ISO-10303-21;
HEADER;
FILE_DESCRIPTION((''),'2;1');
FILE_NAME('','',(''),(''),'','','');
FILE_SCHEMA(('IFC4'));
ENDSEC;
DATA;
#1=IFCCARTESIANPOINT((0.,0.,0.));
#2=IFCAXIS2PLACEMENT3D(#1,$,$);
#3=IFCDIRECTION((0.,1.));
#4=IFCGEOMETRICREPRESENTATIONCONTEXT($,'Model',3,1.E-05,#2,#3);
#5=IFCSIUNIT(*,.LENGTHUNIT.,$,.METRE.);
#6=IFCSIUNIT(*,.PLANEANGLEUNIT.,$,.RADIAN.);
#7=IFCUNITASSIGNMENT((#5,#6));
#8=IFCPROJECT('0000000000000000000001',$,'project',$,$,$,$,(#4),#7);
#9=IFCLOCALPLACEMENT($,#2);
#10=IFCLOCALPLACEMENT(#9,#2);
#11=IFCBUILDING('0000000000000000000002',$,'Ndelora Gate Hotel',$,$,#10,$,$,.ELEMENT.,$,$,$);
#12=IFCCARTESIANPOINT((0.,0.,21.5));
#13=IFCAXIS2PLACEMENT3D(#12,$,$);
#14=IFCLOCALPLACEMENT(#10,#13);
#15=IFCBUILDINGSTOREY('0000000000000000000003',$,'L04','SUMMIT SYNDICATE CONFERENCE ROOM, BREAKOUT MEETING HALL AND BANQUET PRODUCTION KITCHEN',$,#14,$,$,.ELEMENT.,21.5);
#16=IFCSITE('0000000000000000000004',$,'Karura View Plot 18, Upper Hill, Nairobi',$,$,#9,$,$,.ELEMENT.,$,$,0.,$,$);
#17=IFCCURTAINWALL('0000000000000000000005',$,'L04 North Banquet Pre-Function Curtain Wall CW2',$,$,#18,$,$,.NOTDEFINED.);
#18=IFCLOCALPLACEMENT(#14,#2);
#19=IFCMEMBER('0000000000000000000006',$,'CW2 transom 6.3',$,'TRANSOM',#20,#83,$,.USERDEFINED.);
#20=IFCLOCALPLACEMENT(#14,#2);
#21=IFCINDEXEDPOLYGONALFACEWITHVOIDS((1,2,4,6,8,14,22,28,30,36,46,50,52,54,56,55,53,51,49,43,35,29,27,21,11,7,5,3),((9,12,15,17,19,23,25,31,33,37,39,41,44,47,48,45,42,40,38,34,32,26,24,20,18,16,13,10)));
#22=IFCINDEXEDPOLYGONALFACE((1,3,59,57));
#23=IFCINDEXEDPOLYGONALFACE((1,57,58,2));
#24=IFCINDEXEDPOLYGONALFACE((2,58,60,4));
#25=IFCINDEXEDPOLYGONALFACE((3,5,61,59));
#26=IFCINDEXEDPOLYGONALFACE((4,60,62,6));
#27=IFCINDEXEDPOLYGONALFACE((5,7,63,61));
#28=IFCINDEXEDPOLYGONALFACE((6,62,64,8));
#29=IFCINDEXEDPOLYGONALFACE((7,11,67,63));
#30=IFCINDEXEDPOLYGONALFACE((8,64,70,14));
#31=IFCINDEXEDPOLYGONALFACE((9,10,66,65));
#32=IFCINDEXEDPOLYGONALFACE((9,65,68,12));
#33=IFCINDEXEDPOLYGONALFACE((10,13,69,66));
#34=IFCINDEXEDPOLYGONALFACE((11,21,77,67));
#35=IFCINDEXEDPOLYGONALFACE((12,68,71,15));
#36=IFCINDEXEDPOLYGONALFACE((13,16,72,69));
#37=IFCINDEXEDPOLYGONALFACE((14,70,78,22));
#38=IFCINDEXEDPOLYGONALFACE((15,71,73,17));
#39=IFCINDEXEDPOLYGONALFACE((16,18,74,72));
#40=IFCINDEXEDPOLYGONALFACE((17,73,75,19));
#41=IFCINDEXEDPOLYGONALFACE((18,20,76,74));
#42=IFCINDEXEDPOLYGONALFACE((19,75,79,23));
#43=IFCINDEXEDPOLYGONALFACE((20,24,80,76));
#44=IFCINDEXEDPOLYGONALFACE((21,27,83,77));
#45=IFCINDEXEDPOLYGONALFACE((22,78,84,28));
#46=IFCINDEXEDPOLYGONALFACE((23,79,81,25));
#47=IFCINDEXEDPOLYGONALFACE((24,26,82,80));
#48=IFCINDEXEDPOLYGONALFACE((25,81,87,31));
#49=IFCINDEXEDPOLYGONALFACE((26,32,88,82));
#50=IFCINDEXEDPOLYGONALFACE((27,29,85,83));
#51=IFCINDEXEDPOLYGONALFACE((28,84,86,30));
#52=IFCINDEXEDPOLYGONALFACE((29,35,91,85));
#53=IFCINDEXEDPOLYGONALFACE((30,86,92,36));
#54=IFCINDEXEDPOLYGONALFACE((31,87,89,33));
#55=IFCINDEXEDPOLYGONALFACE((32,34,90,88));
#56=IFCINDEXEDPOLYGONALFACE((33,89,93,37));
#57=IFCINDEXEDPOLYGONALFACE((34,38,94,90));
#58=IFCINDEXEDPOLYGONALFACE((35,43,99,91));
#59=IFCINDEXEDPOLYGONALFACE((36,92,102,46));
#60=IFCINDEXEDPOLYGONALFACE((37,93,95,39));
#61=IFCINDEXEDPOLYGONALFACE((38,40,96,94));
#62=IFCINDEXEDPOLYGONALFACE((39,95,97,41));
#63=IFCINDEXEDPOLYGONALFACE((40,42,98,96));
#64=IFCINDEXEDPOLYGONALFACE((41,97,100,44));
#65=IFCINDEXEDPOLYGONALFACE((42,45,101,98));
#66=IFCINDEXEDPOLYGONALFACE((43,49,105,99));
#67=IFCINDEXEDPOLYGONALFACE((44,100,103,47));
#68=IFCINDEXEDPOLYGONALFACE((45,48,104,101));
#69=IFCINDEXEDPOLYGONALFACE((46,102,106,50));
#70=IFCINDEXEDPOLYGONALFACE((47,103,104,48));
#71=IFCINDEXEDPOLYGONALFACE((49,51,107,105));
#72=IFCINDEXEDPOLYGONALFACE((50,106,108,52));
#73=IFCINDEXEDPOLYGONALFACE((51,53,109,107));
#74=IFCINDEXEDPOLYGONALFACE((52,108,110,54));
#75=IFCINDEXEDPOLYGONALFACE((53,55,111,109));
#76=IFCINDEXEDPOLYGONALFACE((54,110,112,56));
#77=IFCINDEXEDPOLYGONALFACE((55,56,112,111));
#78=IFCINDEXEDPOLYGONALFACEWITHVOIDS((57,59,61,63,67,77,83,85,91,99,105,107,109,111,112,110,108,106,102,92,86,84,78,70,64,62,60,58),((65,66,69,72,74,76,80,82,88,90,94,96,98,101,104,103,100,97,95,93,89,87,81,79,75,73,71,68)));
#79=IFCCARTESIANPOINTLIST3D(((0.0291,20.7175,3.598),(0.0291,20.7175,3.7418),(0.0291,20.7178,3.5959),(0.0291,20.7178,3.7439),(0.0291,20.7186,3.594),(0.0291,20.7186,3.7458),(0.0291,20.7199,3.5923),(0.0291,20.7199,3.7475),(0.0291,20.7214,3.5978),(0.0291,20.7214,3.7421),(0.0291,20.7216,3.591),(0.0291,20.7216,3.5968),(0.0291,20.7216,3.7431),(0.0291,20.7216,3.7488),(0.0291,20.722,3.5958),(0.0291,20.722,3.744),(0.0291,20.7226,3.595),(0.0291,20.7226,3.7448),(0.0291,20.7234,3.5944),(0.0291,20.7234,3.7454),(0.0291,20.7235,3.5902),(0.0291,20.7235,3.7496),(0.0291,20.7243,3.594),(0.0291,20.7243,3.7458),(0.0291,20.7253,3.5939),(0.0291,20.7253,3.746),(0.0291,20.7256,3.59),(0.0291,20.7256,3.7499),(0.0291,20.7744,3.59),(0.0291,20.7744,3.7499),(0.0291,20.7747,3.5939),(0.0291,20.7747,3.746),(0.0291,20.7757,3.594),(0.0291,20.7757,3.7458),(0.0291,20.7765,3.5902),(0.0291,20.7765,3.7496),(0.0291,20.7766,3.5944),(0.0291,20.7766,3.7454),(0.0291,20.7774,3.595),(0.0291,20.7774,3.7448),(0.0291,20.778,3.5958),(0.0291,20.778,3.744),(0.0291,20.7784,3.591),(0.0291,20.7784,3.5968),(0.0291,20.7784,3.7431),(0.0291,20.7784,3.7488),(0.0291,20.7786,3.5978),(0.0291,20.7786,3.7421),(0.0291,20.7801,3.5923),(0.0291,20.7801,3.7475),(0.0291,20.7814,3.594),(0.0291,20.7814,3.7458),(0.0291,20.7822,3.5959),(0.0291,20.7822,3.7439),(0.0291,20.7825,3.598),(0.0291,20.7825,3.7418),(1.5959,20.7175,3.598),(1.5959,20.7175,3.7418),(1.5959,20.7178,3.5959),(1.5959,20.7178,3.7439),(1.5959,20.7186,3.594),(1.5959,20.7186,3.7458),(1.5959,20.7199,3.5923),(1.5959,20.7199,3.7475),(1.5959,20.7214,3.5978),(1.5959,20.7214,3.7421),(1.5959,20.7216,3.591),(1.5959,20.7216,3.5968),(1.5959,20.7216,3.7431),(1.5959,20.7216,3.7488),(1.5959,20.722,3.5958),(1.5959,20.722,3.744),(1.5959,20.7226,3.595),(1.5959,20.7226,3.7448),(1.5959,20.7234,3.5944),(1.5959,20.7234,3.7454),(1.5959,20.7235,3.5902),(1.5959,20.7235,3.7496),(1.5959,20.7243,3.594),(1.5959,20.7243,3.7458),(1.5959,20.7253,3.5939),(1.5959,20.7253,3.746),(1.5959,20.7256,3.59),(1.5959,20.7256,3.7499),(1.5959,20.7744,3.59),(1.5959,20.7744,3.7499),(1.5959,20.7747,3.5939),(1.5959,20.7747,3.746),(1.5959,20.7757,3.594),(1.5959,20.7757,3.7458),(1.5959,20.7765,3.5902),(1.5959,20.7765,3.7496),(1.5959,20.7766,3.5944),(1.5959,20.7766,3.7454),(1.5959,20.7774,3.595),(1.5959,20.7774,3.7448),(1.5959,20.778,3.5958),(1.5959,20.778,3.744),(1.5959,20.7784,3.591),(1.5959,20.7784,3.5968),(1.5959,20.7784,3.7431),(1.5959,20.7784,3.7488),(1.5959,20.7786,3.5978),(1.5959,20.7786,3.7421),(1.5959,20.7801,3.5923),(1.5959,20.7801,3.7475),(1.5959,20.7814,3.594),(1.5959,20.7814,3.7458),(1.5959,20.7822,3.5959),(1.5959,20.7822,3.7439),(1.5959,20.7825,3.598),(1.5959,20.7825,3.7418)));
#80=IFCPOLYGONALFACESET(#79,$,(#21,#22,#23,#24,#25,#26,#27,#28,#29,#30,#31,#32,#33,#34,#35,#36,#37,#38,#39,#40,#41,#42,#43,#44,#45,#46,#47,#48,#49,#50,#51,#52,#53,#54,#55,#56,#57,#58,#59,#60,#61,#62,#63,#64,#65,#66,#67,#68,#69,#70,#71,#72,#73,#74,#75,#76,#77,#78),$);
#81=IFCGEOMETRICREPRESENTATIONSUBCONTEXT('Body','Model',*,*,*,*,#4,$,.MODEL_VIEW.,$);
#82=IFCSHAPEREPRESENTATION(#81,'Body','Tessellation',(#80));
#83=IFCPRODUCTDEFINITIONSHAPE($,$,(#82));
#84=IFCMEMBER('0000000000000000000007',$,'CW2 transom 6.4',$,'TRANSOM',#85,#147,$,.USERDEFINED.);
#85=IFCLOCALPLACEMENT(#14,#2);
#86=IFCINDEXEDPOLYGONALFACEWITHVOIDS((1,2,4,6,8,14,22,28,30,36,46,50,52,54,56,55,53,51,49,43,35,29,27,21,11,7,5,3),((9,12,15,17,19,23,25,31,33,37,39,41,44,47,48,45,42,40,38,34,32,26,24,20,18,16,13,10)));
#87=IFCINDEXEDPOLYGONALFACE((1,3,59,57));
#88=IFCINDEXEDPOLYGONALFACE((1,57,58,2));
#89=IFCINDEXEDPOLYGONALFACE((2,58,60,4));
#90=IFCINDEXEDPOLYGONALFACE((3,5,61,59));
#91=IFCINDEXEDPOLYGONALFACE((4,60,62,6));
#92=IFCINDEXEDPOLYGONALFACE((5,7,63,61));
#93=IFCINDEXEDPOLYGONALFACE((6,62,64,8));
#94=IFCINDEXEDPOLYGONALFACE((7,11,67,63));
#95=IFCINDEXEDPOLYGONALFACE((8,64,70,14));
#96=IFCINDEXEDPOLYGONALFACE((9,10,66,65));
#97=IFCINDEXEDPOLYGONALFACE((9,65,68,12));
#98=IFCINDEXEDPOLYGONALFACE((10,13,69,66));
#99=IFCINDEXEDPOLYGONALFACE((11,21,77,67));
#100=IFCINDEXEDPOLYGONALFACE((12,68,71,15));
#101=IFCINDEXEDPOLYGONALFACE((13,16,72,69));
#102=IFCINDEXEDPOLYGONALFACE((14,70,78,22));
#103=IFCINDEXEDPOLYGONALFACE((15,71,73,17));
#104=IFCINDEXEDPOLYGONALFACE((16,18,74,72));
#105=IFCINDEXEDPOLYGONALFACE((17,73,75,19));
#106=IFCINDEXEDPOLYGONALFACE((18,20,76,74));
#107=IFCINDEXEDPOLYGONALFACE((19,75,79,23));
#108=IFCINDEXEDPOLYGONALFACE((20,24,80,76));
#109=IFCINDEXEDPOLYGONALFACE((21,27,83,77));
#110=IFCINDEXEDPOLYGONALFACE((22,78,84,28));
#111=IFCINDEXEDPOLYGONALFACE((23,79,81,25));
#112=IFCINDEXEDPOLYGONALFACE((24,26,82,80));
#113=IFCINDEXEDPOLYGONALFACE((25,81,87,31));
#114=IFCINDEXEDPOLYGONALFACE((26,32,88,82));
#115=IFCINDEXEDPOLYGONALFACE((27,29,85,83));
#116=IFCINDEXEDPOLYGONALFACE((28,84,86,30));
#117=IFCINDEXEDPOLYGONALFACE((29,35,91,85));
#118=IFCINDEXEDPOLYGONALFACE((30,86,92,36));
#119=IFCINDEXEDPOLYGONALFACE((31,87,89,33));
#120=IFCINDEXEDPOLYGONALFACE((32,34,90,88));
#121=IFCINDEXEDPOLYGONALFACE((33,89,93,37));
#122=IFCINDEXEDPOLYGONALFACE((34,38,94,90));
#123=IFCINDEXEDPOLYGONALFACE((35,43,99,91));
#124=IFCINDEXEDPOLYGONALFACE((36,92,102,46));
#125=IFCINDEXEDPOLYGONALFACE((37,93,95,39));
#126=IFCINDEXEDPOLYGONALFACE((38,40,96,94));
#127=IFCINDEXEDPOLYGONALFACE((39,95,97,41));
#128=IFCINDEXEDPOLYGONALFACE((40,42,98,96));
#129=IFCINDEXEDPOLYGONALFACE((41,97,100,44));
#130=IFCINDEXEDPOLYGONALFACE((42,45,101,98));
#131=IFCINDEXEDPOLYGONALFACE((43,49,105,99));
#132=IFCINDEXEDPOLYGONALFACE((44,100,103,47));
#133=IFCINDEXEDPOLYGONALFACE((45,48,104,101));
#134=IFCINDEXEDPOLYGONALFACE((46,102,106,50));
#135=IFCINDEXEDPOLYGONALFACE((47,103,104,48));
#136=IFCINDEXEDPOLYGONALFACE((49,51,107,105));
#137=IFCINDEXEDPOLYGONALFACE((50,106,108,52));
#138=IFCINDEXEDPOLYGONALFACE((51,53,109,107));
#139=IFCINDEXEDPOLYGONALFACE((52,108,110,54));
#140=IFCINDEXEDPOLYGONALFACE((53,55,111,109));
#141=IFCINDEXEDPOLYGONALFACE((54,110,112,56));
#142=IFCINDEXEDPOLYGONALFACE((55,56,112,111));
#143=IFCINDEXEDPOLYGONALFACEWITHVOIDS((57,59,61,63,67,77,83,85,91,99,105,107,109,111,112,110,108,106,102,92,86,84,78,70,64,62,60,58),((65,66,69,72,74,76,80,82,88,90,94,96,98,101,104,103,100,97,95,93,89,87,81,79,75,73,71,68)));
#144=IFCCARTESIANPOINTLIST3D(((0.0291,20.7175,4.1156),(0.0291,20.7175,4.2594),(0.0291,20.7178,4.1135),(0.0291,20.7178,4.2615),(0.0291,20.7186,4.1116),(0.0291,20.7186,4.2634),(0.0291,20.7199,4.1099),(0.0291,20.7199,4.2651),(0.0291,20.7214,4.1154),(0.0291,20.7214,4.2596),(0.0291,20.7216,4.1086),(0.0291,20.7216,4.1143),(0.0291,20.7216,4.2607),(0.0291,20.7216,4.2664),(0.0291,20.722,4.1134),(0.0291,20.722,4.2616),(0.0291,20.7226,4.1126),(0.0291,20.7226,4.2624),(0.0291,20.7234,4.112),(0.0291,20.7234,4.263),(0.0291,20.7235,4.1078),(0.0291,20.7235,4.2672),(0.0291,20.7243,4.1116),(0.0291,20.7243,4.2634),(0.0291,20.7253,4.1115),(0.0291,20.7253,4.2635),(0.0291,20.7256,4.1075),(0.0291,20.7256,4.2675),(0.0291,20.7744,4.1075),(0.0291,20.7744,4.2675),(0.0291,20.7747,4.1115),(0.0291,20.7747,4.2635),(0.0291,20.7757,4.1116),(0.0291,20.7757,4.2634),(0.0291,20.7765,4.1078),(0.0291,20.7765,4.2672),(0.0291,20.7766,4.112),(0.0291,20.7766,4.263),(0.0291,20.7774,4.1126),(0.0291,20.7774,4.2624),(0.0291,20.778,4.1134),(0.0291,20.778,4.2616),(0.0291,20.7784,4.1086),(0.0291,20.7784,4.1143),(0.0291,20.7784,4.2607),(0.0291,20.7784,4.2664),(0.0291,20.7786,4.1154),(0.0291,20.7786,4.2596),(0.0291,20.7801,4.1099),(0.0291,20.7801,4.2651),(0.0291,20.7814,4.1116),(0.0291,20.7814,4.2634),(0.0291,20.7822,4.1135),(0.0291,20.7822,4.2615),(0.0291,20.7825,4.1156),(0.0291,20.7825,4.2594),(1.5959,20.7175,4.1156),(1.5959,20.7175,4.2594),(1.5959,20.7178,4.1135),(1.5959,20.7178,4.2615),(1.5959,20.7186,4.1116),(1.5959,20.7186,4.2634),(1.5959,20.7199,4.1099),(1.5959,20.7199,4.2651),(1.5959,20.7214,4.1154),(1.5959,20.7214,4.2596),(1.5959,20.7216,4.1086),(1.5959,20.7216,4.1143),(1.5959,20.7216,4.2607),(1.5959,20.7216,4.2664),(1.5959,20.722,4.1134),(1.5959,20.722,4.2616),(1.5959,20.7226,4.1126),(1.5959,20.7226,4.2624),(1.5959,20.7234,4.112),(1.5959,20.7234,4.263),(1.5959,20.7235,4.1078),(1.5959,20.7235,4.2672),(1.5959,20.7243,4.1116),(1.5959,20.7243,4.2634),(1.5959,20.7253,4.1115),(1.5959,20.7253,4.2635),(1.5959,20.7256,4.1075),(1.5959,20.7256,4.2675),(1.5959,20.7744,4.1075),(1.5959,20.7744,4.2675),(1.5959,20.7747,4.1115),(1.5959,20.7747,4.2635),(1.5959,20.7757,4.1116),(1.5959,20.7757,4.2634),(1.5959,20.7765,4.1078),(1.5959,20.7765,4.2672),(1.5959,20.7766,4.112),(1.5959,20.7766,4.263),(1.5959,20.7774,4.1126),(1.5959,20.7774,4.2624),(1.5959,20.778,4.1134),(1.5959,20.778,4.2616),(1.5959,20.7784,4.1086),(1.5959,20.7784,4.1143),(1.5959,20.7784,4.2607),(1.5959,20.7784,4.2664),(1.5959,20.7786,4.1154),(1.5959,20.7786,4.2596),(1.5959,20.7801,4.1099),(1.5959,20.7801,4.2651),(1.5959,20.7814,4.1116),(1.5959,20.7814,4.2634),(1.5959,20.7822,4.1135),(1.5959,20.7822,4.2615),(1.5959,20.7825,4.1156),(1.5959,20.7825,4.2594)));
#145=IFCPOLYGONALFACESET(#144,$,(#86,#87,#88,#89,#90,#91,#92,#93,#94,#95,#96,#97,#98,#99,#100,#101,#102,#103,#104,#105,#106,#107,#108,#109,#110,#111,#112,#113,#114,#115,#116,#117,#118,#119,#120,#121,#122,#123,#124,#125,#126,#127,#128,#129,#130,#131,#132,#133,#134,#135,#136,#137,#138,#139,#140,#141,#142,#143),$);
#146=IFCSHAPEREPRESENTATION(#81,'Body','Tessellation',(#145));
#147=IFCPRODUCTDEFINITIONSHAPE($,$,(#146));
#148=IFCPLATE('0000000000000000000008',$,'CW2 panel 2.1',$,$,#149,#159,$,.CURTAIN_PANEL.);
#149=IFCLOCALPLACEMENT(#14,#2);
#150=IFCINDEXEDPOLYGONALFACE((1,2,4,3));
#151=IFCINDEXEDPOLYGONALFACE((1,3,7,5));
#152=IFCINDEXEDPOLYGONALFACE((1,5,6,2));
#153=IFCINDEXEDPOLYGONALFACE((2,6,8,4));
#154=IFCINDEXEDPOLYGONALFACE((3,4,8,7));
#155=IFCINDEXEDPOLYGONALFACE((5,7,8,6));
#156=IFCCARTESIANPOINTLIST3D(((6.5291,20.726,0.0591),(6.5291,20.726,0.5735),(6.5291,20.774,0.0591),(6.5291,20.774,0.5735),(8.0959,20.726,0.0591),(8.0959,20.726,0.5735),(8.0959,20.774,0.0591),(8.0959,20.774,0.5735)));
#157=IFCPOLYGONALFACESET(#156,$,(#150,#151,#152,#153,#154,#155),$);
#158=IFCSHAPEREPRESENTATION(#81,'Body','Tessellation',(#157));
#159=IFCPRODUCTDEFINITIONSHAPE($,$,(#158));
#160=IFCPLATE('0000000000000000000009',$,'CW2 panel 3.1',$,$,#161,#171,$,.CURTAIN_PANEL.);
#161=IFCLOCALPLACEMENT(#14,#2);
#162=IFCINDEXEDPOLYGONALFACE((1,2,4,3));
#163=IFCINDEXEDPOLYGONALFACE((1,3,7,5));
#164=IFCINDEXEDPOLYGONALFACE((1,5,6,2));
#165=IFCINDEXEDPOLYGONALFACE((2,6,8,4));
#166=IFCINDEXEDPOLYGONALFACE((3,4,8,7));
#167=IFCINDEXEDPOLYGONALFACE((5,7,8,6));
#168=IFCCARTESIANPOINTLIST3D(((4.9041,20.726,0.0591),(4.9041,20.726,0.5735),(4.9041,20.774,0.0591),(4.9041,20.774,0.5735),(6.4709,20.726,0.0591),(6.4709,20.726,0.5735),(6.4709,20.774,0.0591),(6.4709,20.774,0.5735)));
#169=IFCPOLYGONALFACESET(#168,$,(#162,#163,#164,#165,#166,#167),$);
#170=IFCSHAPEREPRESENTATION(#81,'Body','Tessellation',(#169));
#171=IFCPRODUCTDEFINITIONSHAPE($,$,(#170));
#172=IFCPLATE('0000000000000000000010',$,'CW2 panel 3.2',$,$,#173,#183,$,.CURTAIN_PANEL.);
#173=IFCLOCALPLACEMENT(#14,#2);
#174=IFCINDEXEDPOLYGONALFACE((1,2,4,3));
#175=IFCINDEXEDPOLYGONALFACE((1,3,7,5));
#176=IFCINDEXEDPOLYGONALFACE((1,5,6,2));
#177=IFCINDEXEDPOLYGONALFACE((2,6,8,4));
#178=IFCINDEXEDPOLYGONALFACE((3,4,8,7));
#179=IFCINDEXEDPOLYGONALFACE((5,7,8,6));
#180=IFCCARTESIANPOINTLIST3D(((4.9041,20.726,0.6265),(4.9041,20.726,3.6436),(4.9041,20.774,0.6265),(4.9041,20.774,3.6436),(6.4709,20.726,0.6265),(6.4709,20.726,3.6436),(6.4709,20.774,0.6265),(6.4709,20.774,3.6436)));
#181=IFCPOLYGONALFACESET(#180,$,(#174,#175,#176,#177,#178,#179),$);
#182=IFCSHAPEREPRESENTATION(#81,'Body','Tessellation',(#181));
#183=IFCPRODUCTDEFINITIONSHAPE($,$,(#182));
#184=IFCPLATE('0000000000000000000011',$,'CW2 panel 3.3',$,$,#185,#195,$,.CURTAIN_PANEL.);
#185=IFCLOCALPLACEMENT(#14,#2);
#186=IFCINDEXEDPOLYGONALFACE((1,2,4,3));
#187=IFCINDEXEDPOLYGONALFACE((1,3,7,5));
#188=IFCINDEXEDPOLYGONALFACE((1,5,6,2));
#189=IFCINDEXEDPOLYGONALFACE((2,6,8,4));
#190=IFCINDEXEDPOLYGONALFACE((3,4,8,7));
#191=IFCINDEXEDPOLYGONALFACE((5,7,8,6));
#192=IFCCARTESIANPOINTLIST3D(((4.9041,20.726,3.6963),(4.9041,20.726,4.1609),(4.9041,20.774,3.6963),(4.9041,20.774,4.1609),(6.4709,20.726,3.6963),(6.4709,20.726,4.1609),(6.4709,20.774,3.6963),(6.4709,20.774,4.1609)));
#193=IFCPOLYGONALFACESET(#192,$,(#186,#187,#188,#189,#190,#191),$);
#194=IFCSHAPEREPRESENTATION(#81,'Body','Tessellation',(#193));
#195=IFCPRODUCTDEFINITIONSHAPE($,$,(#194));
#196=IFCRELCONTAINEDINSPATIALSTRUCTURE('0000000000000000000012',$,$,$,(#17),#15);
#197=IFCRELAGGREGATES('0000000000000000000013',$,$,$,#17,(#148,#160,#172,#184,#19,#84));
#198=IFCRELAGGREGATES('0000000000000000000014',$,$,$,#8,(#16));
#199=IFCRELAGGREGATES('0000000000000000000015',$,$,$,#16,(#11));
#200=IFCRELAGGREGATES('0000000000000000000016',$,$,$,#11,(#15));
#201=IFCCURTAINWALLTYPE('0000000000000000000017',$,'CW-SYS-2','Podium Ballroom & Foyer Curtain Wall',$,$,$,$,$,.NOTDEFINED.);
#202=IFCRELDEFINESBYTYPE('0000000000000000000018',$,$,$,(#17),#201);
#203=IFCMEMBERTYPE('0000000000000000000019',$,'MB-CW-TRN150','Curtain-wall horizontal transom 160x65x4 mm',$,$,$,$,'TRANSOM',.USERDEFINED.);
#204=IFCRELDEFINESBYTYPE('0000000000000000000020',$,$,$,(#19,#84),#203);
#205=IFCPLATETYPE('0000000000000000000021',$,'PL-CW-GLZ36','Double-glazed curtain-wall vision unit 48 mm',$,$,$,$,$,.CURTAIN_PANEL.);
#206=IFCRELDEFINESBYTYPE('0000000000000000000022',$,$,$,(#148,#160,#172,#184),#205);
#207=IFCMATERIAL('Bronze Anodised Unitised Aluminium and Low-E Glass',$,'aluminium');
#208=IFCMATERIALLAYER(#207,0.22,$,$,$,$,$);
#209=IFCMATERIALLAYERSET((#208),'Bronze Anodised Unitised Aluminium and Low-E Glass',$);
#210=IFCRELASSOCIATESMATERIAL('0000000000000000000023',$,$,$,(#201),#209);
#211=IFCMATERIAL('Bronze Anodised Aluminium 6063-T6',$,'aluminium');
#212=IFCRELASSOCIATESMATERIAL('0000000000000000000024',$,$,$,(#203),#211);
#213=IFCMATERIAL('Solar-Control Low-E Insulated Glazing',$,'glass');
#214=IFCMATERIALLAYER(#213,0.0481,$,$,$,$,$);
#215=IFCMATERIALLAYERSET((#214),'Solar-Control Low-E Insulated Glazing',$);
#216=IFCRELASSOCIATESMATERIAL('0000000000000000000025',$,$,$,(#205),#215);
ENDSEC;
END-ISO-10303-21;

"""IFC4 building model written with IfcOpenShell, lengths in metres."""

from ifc_helpers import new_model, si_unit, direction, frame, origin, origin_2d, place, context, subcontext, project, spatial, rectangle, hollow_rectangle, extrude, material, layer, layer_set, material_profile, profile_set, type_object, element, aggregate, save


model = new_model("IFC4")

# Units and contexts
model_context = context("Model", 3, precision=1e-05, world=origin(), true_north=direction((0.0, 1.0)))
body_context = subcontext(model_context, "Body", "Model", "MODEL_VIEW")
ifc_project = project(units=[si_unit("LENGTHUNIT", "METRE"), si_unit("PLANEANGLEUNIT", "RADIAN")], contexts=[model_context])

# Site, building, storey
site_placement = place(None, origin())
site = spatial("IfcSite", under=ifc_project, at=site_placement, Name="Karura View Plot 18, Upper Hill, Nairobi", CompositionType="ELEMENT", RefElevation=0.0)
building_placement = place(site_placement, origin())
building = spatial("IfcBuilding", under=site, at=building_placement, Name="Ndelora Gate Hotel", CompositionType="ELEMENT")
storey_placement = place(building_placement, frame((0.0, 0.0, 21.5)))
storey = spatial("IfcBuildingStorey", under=building, at=storey_placement, Name="L04", Description="SUMMIT SYNDICATE CONFERENCE ROOM, BREAKOUT MEETING HALL AND BANQUET PRODUCTION KITCHEN", CompositionType="ELEMENT", Elevation=21.5)

# Curtain wall, members, plates
ifc_material_1 = material(Name="Bronze Anodised Unitised Aluminium and Low-E Glass", Category="aluminium")
ifc_layer_1 = layer(ifc_material_1, 0.22)
ifc_layer_set_1 = layer_set([ifc_layer_1], Name="Bronze Anodised Unitised Aluminium and Low-E Glass")
curtain_wall_type = type_object("IfcCurtainWallType", Name="CW-SYS-2", Description="Podium Ballroom & Foyer Curtain Wall", PredefinedType="NOTDEFINED", material=ifc_layer_set_1)
curtain_wall_placement = place(storey_placement, origin())
curtain_wall = element("IfcCurtainWall", 1, at=curtain_wall_placement, inside=storey, type_object=curtain_wall_type, Name="L04 North Banquet Pre-Function Curtain Wall CW2", PredefinedType="NOTDEFINED")
ifc_material_2 = material(Name="Bronze Anodised Aluminium 6063-T6", Category="aluminium")
ifc_material_profile_1 = material_profile(ifc_material_2, hollow_rectangle(XDim=0.0649, YDim=0.1599, WallThickness=0.0039, InnerFilletRadius=0.0039, OuterFilletRadius=0.0081, at=origin_2d()), Name="ALU 160x65x4")
ifc_profile_set_1 = profile_set([ifc_material_profile_1], Name="Bronze Anodised Aluminium 6063-T6")
member_type_1 = type_object("IfcMemberType", Name="MB-CW-TRN150", Description="Curtain-wall horizontal transom 160x65x4 mm", ElementType="TRANSOM", PredefinedType="USERDEFINED", material=ifc_profile_set_1)
member_1_placement = place(storey_placement, frame((1.5959, 20.75, 3.6699), z_axis=(-1.0, 0.0, 0.0), x_axis=(0.0, -1.0, 0.0)))
member_1 = element("IfcMember", 2, at=member_1_placement, type_object=member_type_1, Name="CW2 transom 6.3", ObjectType="TRANSOM", PredefinedType="USERDEFINED", context=body_context, shape_type="SweptSolid", body=[
    extrude(hollow_rectangle(XDim=0.0649, YDim=0.1599, WallThickness=0.0039, InnerFilletRadius=0.0039, OuterFilletRadius=0.0081, at=origin_2d()), origin(), (0.0, 0.0, 1.0), 1.5669),
])
member_2_placement = place(storey_placement, frame((1.5959, 20.75, 4.1875), z_axis=(-1.0, 0.0, 0.0), x_axis=(0.0, -1.0, 0.0)))
member_2 = element("IfcMember", 3, at=member_2_placement, type_object=member_type_1, Name="CW2 transom 6.4", ObjectType="TRANSOM", PredefinedType="USERDEFINED", context=body_context, shape_type="SweptSolid", body=[
    extrude(hollow_rectangle(XDim=0.0649, YDim=0.1599, WallThickness=0.0039, InnerFilletRadius=0.0039, OuterFilletRadius=0.0081, at=origin_2d()), origin(), (0.0, 0.0, 1.0), 1.5669),
])
ifc_material_3 = material(Name="Solar-Control Low-E Insulated Glazing", Category="glass")
ifc_layer_2 = layer(ifc_material_3, 0.0481)
ifc_layer_set_2 = layer_set([ifc_layer_2], Name="Solar-Control Low-E Insulated Glazing")
plate_type = type_object("IfcPlateType", Name="PL-CW-GLZ36", Description="Double-glazed curtain-wall vision unit 48 mm", PredefinedType="CURTAIN_PANEL", material=ifc_layer_set_2)
plate_1_placement = place(storey_placement, frame((7.3125, 20.75, 0.0591), z_axis=(0.0, 0.0, 1.0), x_axis=(-1.0, 0.0, 0.0)))
plate_1 = element("IfcPlate", 4, at=plate_1_placement, type_object=plate_type, Name="CW2 panel 2.1", PredefinedType="CURTAIN_PANEL", context=body_context, shape_type="SweptSolid", body=[
    extrude(rectangle(XDim=1.5669, YDim=0.0481, at=origin_2d()), origin(), (0.0, 0.0, 1.0), 0.5144),
])
plate_2_placement = place(storey_placement, frame((5.6875, 20.75, 0.0591), z_axis=(0.0, 0.0, 1.0), x_axis=(-1.0, 0.0, 0.0)))
plate_2 = element("IfcPlate", 5, at=plate_2_placement, type_object=plate_type, Name="CW2 panel 3.1", PredefinedType="CURTAIN_PANEL", context=body_context, shape_type="SweptSolid", body=[
    extrude(rectangle(XDim=1.5669, YDim=0.0481, at=origin_2d()), origin(), (0.0, 0.0, 1.0), 0.5144),
])
plate_3_placement = place(storey_placement, frame((5.6875, 20.75, 0.6265), z_axis=(0.0, 0.0, 1.0), x_axis=(-1.0, 0.0, 0.0)))
plate_3 = element("IfcPlate", 6, at=plate_3_placement, type_object=plate_type, Name="CW2 panel 3.2", PredefinedType="CURTAIN_PANEL", context=body_context, shape_type="SweptSolid", body=[
    extrude(rectangle(XDim=1.5669, YDim=0.0481, at=origin_2d()), origin(), (0.0, 0.0, 1.0), 3.0171),
])
plate_4_placement = place(storey_placement, frame((5.6875, 20.75, 3.6963), z_axis=(0.0, 0.0, 1.0), x_axis=(-1.0, 0.0, 0.0)))
plate_4 = element("IfcPlate", 7, at=plate_4_placement, type_object=plate_type, Name="CW2 panel 3.3", PredefinedType="CURTAIN_PANEL", context=body_context, shape_type="SweptSolid", body=[
    extrude(rectangle(XDim=1.5669, YDim=0.0481, at=origin_2d()), origin(), (0.0, 0.0, 1.0), 0.4646),
])
aggregate(curtain_wall, [plate_1, plate_2, plate_3, plate_4, member_1, member_2])

save(model, "model.ifc")
